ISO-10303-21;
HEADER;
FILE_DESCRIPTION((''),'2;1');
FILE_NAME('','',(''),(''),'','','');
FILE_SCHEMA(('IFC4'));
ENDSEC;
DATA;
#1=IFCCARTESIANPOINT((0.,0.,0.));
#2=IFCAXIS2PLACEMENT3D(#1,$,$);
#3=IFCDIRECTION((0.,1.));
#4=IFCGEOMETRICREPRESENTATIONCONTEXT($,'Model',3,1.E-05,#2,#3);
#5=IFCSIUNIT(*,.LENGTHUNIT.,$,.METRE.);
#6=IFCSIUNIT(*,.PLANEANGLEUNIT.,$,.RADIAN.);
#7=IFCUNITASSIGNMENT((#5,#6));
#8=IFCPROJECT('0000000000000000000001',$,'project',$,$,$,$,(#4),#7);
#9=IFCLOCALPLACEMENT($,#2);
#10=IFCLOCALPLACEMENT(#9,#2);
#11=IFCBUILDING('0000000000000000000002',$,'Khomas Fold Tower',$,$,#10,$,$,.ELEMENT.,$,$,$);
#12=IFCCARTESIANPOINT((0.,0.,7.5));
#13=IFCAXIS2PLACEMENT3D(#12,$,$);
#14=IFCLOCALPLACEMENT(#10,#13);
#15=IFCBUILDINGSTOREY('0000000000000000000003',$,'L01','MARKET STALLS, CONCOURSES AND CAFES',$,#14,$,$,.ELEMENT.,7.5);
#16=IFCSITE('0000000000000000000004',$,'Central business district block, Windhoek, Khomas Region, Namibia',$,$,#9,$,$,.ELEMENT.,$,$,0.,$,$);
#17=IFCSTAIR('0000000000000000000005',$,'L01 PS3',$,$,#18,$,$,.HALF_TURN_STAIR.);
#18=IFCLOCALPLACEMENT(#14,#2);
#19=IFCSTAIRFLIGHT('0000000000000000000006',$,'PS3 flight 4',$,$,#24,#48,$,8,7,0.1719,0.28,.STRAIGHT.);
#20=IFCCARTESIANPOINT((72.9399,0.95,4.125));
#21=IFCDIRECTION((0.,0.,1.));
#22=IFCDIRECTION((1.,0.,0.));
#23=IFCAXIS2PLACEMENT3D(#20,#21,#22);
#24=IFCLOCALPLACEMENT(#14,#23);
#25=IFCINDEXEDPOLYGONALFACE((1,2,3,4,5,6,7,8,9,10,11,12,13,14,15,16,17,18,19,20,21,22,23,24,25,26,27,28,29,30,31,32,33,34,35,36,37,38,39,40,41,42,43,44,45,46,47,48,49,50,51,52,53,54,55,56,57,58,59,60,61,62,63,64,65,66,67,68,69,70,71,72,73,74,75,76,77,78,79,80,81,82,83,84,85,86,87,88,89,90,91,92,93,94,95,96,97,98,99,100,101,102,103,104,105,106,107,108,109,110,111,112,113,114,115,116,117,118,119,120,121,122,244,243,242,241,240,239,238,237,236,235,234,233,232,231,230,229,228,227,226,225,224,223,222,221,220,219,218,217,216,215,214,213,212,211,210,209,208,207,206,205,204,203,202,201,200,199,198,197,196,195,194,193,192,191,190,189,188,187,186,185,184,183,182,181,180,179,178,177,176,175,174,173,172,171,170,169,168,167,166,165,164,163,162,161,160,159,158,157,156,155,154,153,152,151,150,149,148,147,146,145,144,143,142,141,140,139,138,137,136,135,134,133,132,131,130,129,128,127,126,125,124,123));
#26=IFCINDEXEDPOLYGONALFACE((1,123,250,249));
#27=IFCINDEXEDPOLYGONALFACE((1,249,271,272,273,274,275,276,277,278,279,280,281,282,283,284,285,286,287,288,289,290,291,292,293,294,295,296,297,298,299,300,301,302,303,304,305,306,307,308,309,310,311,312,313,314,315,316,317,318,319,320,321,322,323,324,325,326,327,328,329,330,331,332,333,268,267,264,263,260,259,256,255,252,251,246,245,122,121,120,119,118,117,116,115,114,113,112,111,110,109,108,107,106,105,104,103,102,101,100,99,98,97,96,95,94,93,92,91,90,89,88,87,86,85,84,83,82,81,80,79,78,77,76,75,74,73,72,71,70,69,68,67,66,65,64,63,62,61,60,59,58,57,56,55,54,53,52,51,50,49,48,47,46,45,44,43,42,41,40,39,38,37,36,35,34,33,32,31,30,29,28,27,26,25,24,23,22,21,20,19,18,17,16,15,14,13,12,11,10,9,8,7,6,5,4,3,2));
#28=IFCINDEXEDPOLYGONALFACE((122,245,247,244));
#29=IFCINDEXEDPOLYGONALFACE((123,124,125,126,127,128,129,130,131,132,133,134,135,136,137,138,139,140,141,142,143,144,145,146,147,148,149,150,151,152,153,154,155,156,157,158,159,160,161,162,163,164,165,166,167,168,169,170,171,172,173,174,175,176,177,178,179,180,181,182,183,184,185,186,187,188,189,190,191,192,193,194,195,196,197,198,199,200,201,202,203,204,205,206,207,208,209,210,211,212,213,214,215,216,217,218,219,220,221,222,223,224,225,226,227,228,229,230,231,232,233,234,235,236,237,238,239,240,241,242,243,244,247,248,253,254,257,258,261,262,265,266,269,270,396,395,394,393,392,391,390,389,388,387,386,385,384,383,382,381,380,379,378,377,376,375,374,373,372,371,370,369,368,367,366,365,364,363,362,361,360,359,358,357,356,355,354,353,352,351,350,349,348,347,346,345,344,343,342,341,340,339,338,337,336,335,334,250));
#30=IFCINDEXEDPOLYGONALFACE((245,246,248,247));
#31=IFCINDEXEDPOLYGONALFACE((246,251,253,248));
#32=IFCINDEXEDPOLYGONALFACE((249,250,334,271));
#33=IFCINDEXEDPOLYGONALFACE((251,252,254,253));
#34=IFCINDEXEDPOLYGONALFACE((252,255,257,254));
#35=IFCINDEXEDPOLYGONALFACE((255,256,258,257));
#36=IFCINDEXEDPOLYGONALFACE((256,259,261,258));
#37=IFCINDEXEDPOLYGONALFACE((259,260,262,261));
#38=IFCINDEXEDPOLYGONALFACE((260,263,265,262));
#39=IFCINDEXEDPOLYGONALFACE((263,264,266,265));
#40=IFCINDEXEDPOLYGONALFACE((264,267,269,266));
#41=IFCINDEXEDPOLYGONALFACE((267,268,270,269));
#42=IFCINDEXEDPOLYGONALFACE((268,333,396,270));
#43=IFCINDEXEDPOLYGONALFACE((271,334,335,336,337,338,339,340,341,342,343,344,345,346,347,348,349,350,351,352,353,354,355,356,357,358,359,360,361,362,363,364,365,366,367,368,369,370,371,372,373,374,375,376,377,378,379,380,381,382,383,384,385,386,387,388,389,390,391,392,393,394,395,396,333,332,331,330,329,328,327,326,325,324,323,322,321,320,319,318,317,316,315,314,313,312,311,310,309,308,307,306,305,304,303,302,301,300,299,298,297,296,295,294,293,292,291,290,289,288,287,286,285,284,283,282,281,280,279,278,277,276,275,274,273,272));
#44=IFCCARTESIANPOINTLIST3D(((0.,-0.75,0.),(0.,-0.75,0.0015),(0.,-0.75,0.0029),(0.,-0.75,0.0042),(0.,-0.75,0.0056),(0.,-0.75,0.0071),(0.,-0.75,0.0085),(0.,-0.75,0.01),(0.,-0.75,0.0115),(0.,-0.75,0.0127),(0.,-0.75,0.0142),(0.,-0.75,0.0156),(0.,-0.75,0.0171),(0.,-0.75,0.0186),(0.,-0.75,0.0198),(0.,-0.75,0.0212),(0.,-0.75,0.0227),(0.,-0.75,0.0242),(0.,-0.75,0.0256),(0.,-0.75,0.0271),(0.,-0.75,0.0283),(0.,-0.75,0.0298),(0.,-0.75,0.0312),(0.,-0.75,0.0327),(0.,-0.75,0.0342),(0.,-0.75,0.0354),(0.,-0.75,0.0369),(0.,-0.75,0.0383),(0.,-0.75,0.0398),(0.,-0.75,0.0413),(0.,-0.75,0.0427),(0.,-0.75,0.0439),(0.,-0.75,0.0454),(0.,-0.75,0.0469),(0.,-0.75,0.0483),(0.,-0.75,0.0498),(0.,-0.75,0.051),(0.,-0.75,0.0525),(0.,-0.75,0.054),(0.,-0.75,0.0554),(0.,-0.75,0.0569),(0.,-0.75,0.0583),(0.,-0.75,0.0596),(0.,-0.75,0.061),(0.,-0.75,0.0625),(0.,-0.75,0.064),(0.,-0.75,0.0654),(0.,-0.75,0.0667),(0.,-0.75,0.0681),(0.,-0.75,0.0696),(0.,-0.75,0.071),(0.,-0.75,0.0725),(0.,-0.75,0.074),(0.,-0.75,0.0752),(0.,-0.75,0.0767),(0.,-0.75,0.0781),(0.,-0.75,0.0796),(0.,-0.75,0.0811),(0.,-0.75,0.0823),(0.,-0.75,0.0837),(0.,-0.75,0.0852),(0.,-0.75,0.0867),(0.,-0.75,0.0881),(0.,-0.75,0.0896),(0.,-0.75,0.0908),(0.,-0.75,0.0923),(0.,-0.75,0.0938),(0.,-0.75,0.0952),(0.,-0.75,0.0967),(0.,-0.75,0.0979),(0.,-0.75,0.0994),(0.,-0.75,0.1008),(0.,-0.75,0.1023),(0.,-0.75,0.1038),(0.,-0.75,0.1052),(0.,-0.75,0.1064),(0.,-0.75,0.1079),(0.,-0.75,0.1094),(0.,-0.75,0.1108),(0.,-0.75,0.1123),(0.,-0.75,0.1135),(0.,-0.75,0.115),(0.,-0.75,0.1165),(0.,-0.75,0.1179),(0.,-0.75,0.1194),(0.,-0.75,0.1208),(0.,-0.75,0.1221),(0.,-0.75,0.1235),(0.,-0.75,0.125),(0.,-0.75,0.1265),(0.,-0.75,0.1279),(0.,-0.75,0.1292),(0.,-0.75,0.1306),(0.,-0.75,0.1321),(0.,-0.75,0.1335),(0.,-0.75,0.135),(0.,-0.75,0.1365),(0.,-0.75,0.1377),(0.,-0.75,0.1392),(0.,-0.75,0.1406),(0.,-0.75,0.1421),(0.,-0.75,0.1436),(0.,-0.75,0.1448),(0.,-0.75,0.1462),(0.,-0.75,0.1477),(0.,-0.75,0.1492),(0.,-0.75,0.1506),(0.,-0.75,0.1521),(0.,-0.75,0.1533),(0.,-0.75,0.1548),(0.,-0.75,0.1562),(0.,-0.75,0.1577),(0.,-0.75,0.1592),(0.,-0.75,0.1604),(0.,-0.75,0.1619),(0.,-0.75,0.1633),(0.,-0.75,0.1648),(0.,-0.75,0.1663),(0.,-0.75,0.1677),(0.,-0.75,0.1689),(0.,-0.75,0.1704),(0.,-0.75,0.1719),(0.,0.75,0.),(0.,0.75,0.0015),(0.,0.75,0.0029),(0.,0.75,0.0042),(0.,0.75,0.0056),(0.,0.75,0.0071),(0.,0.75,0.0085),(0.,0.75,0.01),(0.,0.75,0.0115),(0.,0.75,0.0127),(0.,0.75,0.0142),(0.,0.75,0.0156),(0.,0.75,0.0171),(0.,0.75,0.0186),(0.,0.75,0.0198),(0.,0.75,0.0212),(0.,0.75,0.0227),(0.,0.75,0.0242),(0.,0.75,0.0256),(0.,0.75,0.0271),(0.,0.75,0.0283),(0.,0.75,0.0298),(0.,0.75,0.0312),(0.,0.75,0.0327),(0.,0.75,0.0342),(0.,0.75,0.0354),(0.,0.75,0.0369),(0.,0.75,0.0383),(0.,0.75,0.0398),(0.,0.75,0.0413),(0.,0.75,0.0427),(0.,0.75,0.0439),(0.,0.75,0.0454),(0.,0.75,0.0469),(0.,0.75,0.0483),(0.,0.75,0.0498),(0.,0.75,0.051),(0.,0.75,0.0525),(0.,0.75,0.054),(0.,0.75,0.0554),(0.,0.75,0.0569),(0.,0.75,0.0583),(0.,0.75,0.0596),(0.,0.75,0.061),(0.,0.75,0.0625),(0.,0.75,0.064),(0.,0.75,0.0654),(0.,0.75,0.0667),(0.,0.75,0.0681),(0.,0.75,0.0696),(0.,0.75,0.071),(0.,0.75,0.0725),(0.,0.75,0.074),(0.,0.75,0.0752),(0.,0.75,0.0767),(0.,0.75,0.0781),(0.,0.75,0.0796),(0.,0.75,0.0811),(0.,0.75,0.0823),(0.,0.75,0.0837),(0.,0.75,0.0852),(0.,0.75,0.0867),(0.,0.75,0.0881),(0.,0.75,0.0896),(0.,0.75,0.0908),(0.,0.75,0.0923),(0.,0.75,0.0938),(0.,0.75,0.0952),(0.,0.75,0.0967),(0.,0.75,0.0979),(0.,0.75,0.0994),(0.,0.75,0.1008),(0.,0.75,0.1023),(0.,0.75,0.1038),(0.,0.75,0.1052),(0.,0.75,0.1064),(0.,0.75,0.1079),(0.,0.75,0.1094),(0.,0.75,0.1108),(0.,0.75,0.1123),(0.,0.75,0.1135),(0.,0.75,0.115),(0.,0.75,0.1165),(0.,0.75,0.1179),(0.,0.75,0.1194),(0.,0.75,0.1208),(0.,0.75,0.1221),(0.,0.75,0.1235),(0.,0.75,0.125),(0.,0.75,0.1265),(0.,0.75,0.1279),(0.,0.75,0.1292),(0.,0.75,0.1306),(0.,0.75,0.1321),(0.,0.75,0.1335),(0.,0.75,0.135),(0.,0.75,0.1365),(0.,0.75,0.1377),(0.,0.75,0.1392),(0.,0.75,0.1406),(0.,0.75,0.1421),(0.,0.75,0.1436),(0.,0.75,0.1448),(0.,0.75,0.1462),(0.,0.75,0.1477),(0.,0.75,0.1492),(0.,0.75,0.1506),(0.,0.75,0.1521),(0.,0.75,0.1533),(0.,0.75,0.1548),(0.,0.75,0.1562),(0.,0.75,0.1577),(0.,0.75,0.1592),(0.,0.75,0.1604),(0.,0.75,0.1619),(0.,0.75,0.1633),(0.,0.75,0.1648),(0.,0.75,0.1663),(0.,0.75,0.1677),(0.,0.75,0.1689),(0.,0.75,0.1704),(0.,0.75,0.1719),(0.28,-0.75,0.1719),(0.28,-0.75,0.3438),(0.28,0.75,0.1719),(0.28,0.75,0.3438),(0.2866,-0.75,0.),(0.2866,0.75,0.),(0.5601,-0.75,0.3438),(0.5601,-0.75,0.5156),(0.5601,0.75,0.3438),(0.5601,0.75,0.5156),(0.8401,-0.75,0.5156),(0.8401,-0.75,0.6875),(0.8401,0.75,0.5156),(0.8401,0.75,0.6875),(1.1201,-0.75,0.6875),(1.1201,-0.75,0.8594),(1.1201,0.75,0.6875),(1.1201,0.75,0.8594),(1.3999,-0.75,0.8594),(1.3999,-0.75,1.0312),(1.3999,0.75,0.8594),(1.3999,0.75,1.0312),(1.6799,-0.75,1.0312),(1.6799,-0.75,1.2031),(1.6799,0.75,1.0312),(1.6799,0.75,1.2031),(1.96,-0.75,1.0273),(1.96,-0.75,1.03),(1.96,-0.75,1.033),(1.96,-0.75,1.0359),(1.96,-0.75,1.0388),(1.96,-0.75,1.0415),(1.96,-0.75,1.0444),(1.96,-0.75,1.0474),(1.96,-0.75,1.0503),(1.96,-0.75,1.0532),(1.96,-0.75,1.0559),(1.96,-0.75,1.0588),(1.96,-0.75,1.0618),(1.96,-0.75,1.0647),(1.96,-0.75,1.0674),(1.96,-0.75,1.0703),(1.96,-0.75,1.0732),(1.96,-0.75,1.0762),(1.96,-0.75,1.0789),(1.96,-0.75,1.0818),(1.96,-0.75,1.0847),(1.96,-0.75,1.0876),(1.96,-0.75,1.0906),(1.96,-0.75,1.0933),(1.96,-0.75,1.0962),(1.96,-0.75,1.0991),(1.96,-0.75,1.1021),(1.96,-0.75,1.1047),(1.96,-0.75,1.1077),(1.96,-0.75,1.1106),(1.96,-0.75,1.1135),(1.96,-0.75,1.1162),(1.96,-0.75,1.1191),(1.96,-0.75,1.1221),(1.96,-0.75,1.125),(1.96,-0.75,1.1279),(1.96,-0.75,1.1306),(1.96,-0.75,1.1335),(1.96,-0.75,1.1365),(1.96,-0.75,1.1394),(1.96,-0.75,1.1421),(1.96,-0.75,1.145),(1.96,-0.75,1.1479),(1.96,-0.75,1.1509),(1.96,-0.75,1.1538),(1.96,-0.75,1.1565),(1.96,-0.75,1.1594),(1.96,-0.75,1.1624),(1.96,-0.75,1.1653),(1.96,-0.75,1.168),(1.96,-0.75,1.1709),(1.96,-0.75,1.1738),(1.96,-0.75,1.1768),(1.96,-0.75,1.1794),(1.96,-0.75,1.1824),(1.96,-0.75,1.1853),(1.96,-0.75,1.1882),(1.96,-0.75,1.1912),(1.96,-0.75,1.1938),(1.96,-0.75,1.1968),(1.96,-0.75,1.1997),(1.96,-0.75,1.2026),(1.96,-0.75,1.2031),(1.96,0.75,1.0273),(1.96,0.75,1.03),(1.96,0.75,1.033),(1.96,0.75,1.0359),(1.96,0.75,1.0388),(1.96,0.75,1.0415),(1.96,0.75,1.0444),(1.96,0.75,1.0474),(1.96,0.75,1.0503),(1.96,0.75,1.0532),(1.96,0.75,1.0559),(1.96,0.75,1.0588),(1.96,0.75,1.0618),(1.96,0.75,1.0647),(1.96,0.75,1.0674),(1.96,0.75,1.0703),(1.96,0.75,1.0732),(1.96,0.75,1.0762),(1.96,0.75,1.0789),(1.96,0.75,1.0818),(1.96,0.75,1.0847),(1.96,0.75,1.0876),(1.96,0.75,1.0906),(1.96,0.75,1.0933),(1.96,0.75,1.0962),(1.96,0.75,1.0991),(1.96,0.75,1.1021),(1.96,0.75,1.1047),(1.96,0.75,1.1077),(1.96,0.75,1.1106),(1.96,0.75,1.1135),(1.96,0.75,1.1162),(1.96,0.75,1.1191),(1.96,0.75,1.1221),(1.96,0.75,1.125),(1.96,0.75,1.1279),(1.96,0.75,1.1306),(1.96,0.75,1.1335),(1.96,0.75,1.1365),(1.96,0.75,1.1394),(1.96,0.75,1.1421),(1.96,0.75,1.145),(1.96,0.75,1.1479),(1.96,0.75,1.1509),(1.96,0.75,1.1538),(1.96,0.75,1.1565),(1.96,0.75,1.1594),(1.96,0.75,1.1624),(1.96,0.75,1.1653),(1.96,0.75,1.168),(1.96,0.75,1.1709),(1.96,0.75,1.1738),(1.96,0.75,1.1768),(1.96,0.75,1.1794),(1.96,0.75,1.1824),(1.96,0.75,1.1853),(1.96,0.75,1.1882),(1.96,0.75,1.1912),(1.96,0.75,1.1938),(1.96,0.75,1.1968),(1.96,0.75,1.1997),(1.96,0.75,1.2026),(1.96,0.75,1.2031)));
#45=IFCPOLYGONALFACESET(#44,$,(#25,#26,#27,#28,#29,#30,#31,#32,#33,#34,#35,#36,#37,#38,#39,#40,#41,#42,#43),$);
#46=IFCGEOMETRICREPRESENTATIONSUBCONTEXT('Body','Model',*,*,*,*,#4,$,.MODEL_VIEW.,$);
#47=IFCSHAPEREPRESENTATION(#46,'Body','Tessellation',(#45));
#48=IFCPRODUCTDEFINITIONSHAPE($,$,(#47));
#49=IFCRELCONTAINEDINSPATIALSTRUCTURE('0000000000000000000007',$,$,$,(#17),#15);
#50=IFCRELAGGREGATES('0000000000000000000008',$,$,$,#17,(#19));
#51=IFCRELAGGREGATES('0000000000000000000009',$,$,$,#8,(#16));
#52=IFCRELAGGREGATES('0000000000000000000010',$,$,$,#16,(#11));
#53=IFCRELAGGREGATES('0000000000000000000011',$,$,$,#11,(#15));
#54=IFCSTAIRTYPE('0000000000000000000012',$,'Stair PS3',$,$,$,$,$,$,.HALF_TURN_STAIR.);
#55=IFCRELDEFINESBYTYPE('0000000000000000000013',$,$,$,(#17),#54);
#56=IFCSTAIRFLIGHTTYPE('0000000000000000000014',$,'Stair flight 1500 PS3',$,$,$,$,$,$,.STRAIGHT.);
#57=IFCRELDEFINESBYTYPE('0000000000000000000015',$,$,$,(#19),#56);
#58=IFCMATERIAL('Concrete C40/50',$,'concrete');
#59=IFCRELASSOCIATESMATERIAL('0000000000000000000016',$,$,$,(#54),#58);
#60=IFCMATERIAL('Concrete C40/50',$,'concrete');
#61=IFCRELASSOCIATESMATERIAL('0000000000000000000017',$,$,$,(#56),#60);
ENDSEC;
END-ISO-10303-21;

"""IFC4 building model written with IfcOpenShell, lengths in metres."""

from ifc_helpers import new_model, si_unit, direction, frame, origin, place, context, subcontext, project, spatial, polyline, outline, extrude, source, transform, mapped, material, type_object, element, aggregate, save


model = new_model("IFC4")

# Units and contexts
model_context = context("Model", 3, precision=1e-05, world=origin(), true_north=direction((0.0, 1.0)))
body_context = subcontext(model_context, "Body", "Model", "MODEL_VIEW")
ifc_project = project(units=[si_unit("LENGTHUNIT", "METRE"), si_unit("PLANEANGLEUNIT", "RADIAN")], contexts=[model_context])

# Site, building, storey
site_placement = place(None, origin())
site = spatial("IfcSite", under=ifc_project, at=site_placement, Name="Central business district block, Windhoek, Khomas Region, Namibia", CompositionType="ELEMENT", RefElevation=0.0)
building_placement = place(site_placement, origin())
building = spatial("IfcBuilding", under=site, at=building_placement, Name="Khomas Fold Tower", CompositionType="ELEMENT")
storey_placement = place(building_placement, frame((0.0, 0.0, 7.5)))
storey = spatial("IfcBuildingStorey", under=building, at=storey_placement, Name="L01", Description="MARKET STALLS, CONCOURSES AND CAFES", CompositionType="ELEMENT", Elevation=7.5)

# Stair, stair flight
ifc_material_1 = material(Name="Concrete C40/50", Category="concrete")
stair_type = type_object("IfcStairType", Name="Stair PS3", PredefinedType="HALF_TURN_STAIR", material=ifc_material_1)
stair_placement = place(storey_placement, origin())
stair = element("IfcStair", 1, at=stair_placement, inside=storey, type_object=stair_type, Name="L01 PS3", PredefinedType="HALF_TURN_STAIR")
ifc_material_2 = material(Name="Concrete C40/50", Category="concrete")
stair_flight_type = type_object("IfcStairFlightType", Name="Stair flight 1500 PS3", PredefinedType="STRAIGHT", material=ifc_material_2)
shared_shape_1 = source(origin(), body_context, "Body", "SweptSolid", [
    extrude(outline(polyline([(0.0, 0.0), (0.0, 0.0015), (0.0, 0.0029), (0.0, 0.0042), (0.0, 0.0056), (0.0, 0.0071), (0.0, 0.0085), (0.0, 0.01), (0.0, 0.0115), (0.0, 0.0127), (0.0, 0.0142), (0.0, 0.0156), (0.0, 0.0171), (0.0, 0.0186), (0.0, 0.0198), (0.0, 0.0212), (0.0, 0.0227), (0.0, 0.0242), (0.0, 0.0256), (0.0, 0.0271), (0.0, 0.0283), (0.0, 0.0298), (0.0, 0.0312), (0.0, 0.0327), (0.0, 0.0342), (0.0, 0.0354), (0.0, 0.0369), (0.0, 0.0383), (0.0, 0.0398), (0.0, 0.0413), (0.0, 0.0427), (0.0, 0.0439), (0.0, 0.0454), (0.0, 0.0469), (0.0, 0.0483), (0.0, 0.0498), (0.0, 0.051), (0.0, 0.0525), (0.0, 0.054), (0.0, 0.0554), (0.0, 0.0569), (0.0, 0.0583), (0.0, 0.0596), (0.0, 0.061), (0.0, 0.0625), (0.0, 0.064), (0.0, 0.0654), (0.0, 0.0667), (0.0, 0.0681), (0.0, 0.0696), (0.0, 0.071), (0.0, 0.0725), (0.0, 0.074), (0.0, 0.0752), (0.0, 0.0767), (0.0, 0.0781), (0.0, 0.0796), (0.0, 0.0811), (0.0, 0.0823), (0.0, 0.0837), (0.0, 0.0852), (0.0, 0.0867), (0.0, 0.0881), (0.0, 0.0896), (0.0, 0.0908), (0.0, 0.0923), (0.0, 0.0938), (0.0, 0.0952), (0.0, 0.0967), (0.0, 0.0979), (0.0, 0.0994), (0.0, 0.1008), (0.0, 0.1023), (0.0, 0.1038), (0.0, 0.1052), (0.0, 0.1064), (0.0, 0.1079), (0.0, 0.1094), (0.0, 0.1108), (0.0, 0.1123), (0.0, 0.1135), (0.0, 0.115), (0.0, 0.1165), (0.0, 0.1179), (0.0, 0.1194), (0.0, 0.1208), (0.0, 0.1221), (0.0, 0.1235), (0.0, 0.125), (0.0, 0.1265), (0.0, 0.1279), (0.0, 0.1292), (0.0, 0.1306), (0.0, 0.1321), (0.0, 0.1335), (0.0, 0.135), (0.0, 0.1365), (0.0, 0.1377), (0.0, 0.1392), (0.0, 0.1406), (0.0, 0.1421), (0.0, 0.1436), (0.0, 0.1448), (0.0, 0.1462), (0.0, 0.1477), (0.0, 0.1492), (0.0, 0.1506), (0.0, 0.1521), (0.0, 0.1533), (0.0, 0.1548), (0.0, 0.1562), (0.0, 0.1577), (0.0, 0.1592), (0.0, 0.1604), (0.0, 0.1619), (0.0, 0.1633), (0.0, 0.1648), (0.0, 0.1663), (0.0, 0.1677), (0.0, 0.1689), (0.0, 0.1704), (0.0, 0.1719), (0.28, 0.1719), (0.28, 0.3438), (0.5601, 0.3438), (0.5601, 0.5156), (0.8401, 0.5156), (0.8401, 0.6875), (1.1201, 0.6875), (1.1201, 0.8594), (1.3999, 0.8594), (1.3999, 1.0312), (1.6799, 1.0312), (1.6799, 1.2031), (1.96, 1.2031), (1.96, 1.375), (1.96, 1.3721), (1.96, 1.3691), (1.96, 1.3665), (1.96, 1.3635), (1.96, 1.3606), (1.96, 1.3577), (1.96, 1.355), (1.96, 1.3521), (1.96, 1.3491), (1.96, 1.3462), (1.96, 1.3435), (1.96, 1.3406), (1.96, 1.3376), (1.96, 1.3347), (1.96, 1.3318), (1.96, 1.3291), (1.96, 1.3262), (1.96, 1.3232), (1.96, 1.3203), (1.96, 1.3176), (1.96, 1.3147), (1.96, 1.3118), (1.96, 1.3088), (1.96, 1.3059), (1.96, 1.3032), (1.96, 1.3003), (1.96, 1.2974), (1.96, 1.2944), (1.96, 1.2917), (1.96, 1.2888), (1.96, 1.2859), (1.96, 1.283), (1.96, 1.2803), (1.96, 1.2773), (1.96, 1.2744), (1.96, 1.2715), (1.96, 1.2686), (1.96, 1.2659), (1.96, 1.2629), (1.96, 1.26), (1.96, 1.2571), (1.96, 1.2544), (1.96, 1.2515), (1.96, 1.2485), (1.96, 1.2456), (1.96, 1.2427), (1.96, 1.24), (1.96, 1.2371), (1.96, 1.2341), (1.96, 1.2312), (1.96, 1.2285), (1.96, 1.2256), (1.96, 1.2227), (1.96, 1.2197), (1.96, 1.217), (1.96, 1.2141), (1.96, 1.2112), (1.96, 1.2083), (1.96, 1.2053), (1.96, 1.2026), (1.96, 1.1997), (1.96, 1.1968), (1.96, 1.1938), (1.96, 1.1912), (1.96, 1.1882), (1.96, 1.1853), (1.96, 1.1824), (1.96, 1.1794), (1.96, 1.1768), (1.96, 1.1738), (1.96, 1.1709), (1.96, 1.168), (1.96, 1.1653), (1.96, 1.1624), (1.96, 1.1594), (1.96, 1.1565), (1.96, 1.1538), (1.96, 1.1509), (1.96, 1.1479), (1.96, 1.145), (1.96, 1.1421), (1.96, 1.1394), (1.96, 1.1365), (1.96, 1.1335), (1.96, 1.1306), (1.96, 1.1279), (1.96, 1.125), (1.96, 1.1221), (1.96, 1.1191), (1.96, 1.1162), (1.96, 1.1135), (1.96, 1.1106), (1.96, 1.1077), (1.96, 1.1047), (1.96, 1.1021), (1.96, 1.0991), (1.96, 1.0962), (1.96, 1.0933), (1.96, 1.0906), (1.96, 1.0876), (1.96, 1.0847), (1.96, 1.0818), (1.96, 1.0789), (1.96, 1.0762), (1.96, 1.0732), (1.96, 1.0703), (1.96, 1.0674), (1.96, 1.0647), (1.96, 1.0618), (1.96, 1.0588), (1.96, 1.0559), (1.96, 1.0532), (1.96, 1.0503), (1.96, 1.0474), (1.96, 1.0444), (1.96, 1.0415), (1.96, 1.0388), (1.96, 1.0359), (1.96, 1.033), (1.96, 1.03), (1.96, 1.0273), (0.2866, 0.0), (0.0, 0.0)])), frame((0.0, 0.75, 0.0), z_axis=(0.0, -1.0, 0.0), x_axis=(1.0, 0.0, 0.0)), (0.0, 0.0, 1.0), 1.5),
])
stair_flight_1_placement = place(storey_placement, frame((72.9399, 0.95, 4.125), z_axis=(0.0, 0.0, 1.0), x_axis=(1.0, 0.0, 0.0)))
stair_flight_1 = element("IfcStairFlight", 2, at=stair_flight_1_placement, type_object=stair_flight_type, Name="PS3 flight 4", NumberOfRisers=8, NumberOfTreads=7, PredefinedType="STRAIGHT", RiserHeight=0.1719, TreadLength=0.28, context=body_context, shape_type="MappedRepresentation", body=[
    mapped(shared_shape_1, transform((0.0, 0.0, 0.0))),
])
aggregate(stair, [stair_flight_1])

save(model, "model.ifc")
